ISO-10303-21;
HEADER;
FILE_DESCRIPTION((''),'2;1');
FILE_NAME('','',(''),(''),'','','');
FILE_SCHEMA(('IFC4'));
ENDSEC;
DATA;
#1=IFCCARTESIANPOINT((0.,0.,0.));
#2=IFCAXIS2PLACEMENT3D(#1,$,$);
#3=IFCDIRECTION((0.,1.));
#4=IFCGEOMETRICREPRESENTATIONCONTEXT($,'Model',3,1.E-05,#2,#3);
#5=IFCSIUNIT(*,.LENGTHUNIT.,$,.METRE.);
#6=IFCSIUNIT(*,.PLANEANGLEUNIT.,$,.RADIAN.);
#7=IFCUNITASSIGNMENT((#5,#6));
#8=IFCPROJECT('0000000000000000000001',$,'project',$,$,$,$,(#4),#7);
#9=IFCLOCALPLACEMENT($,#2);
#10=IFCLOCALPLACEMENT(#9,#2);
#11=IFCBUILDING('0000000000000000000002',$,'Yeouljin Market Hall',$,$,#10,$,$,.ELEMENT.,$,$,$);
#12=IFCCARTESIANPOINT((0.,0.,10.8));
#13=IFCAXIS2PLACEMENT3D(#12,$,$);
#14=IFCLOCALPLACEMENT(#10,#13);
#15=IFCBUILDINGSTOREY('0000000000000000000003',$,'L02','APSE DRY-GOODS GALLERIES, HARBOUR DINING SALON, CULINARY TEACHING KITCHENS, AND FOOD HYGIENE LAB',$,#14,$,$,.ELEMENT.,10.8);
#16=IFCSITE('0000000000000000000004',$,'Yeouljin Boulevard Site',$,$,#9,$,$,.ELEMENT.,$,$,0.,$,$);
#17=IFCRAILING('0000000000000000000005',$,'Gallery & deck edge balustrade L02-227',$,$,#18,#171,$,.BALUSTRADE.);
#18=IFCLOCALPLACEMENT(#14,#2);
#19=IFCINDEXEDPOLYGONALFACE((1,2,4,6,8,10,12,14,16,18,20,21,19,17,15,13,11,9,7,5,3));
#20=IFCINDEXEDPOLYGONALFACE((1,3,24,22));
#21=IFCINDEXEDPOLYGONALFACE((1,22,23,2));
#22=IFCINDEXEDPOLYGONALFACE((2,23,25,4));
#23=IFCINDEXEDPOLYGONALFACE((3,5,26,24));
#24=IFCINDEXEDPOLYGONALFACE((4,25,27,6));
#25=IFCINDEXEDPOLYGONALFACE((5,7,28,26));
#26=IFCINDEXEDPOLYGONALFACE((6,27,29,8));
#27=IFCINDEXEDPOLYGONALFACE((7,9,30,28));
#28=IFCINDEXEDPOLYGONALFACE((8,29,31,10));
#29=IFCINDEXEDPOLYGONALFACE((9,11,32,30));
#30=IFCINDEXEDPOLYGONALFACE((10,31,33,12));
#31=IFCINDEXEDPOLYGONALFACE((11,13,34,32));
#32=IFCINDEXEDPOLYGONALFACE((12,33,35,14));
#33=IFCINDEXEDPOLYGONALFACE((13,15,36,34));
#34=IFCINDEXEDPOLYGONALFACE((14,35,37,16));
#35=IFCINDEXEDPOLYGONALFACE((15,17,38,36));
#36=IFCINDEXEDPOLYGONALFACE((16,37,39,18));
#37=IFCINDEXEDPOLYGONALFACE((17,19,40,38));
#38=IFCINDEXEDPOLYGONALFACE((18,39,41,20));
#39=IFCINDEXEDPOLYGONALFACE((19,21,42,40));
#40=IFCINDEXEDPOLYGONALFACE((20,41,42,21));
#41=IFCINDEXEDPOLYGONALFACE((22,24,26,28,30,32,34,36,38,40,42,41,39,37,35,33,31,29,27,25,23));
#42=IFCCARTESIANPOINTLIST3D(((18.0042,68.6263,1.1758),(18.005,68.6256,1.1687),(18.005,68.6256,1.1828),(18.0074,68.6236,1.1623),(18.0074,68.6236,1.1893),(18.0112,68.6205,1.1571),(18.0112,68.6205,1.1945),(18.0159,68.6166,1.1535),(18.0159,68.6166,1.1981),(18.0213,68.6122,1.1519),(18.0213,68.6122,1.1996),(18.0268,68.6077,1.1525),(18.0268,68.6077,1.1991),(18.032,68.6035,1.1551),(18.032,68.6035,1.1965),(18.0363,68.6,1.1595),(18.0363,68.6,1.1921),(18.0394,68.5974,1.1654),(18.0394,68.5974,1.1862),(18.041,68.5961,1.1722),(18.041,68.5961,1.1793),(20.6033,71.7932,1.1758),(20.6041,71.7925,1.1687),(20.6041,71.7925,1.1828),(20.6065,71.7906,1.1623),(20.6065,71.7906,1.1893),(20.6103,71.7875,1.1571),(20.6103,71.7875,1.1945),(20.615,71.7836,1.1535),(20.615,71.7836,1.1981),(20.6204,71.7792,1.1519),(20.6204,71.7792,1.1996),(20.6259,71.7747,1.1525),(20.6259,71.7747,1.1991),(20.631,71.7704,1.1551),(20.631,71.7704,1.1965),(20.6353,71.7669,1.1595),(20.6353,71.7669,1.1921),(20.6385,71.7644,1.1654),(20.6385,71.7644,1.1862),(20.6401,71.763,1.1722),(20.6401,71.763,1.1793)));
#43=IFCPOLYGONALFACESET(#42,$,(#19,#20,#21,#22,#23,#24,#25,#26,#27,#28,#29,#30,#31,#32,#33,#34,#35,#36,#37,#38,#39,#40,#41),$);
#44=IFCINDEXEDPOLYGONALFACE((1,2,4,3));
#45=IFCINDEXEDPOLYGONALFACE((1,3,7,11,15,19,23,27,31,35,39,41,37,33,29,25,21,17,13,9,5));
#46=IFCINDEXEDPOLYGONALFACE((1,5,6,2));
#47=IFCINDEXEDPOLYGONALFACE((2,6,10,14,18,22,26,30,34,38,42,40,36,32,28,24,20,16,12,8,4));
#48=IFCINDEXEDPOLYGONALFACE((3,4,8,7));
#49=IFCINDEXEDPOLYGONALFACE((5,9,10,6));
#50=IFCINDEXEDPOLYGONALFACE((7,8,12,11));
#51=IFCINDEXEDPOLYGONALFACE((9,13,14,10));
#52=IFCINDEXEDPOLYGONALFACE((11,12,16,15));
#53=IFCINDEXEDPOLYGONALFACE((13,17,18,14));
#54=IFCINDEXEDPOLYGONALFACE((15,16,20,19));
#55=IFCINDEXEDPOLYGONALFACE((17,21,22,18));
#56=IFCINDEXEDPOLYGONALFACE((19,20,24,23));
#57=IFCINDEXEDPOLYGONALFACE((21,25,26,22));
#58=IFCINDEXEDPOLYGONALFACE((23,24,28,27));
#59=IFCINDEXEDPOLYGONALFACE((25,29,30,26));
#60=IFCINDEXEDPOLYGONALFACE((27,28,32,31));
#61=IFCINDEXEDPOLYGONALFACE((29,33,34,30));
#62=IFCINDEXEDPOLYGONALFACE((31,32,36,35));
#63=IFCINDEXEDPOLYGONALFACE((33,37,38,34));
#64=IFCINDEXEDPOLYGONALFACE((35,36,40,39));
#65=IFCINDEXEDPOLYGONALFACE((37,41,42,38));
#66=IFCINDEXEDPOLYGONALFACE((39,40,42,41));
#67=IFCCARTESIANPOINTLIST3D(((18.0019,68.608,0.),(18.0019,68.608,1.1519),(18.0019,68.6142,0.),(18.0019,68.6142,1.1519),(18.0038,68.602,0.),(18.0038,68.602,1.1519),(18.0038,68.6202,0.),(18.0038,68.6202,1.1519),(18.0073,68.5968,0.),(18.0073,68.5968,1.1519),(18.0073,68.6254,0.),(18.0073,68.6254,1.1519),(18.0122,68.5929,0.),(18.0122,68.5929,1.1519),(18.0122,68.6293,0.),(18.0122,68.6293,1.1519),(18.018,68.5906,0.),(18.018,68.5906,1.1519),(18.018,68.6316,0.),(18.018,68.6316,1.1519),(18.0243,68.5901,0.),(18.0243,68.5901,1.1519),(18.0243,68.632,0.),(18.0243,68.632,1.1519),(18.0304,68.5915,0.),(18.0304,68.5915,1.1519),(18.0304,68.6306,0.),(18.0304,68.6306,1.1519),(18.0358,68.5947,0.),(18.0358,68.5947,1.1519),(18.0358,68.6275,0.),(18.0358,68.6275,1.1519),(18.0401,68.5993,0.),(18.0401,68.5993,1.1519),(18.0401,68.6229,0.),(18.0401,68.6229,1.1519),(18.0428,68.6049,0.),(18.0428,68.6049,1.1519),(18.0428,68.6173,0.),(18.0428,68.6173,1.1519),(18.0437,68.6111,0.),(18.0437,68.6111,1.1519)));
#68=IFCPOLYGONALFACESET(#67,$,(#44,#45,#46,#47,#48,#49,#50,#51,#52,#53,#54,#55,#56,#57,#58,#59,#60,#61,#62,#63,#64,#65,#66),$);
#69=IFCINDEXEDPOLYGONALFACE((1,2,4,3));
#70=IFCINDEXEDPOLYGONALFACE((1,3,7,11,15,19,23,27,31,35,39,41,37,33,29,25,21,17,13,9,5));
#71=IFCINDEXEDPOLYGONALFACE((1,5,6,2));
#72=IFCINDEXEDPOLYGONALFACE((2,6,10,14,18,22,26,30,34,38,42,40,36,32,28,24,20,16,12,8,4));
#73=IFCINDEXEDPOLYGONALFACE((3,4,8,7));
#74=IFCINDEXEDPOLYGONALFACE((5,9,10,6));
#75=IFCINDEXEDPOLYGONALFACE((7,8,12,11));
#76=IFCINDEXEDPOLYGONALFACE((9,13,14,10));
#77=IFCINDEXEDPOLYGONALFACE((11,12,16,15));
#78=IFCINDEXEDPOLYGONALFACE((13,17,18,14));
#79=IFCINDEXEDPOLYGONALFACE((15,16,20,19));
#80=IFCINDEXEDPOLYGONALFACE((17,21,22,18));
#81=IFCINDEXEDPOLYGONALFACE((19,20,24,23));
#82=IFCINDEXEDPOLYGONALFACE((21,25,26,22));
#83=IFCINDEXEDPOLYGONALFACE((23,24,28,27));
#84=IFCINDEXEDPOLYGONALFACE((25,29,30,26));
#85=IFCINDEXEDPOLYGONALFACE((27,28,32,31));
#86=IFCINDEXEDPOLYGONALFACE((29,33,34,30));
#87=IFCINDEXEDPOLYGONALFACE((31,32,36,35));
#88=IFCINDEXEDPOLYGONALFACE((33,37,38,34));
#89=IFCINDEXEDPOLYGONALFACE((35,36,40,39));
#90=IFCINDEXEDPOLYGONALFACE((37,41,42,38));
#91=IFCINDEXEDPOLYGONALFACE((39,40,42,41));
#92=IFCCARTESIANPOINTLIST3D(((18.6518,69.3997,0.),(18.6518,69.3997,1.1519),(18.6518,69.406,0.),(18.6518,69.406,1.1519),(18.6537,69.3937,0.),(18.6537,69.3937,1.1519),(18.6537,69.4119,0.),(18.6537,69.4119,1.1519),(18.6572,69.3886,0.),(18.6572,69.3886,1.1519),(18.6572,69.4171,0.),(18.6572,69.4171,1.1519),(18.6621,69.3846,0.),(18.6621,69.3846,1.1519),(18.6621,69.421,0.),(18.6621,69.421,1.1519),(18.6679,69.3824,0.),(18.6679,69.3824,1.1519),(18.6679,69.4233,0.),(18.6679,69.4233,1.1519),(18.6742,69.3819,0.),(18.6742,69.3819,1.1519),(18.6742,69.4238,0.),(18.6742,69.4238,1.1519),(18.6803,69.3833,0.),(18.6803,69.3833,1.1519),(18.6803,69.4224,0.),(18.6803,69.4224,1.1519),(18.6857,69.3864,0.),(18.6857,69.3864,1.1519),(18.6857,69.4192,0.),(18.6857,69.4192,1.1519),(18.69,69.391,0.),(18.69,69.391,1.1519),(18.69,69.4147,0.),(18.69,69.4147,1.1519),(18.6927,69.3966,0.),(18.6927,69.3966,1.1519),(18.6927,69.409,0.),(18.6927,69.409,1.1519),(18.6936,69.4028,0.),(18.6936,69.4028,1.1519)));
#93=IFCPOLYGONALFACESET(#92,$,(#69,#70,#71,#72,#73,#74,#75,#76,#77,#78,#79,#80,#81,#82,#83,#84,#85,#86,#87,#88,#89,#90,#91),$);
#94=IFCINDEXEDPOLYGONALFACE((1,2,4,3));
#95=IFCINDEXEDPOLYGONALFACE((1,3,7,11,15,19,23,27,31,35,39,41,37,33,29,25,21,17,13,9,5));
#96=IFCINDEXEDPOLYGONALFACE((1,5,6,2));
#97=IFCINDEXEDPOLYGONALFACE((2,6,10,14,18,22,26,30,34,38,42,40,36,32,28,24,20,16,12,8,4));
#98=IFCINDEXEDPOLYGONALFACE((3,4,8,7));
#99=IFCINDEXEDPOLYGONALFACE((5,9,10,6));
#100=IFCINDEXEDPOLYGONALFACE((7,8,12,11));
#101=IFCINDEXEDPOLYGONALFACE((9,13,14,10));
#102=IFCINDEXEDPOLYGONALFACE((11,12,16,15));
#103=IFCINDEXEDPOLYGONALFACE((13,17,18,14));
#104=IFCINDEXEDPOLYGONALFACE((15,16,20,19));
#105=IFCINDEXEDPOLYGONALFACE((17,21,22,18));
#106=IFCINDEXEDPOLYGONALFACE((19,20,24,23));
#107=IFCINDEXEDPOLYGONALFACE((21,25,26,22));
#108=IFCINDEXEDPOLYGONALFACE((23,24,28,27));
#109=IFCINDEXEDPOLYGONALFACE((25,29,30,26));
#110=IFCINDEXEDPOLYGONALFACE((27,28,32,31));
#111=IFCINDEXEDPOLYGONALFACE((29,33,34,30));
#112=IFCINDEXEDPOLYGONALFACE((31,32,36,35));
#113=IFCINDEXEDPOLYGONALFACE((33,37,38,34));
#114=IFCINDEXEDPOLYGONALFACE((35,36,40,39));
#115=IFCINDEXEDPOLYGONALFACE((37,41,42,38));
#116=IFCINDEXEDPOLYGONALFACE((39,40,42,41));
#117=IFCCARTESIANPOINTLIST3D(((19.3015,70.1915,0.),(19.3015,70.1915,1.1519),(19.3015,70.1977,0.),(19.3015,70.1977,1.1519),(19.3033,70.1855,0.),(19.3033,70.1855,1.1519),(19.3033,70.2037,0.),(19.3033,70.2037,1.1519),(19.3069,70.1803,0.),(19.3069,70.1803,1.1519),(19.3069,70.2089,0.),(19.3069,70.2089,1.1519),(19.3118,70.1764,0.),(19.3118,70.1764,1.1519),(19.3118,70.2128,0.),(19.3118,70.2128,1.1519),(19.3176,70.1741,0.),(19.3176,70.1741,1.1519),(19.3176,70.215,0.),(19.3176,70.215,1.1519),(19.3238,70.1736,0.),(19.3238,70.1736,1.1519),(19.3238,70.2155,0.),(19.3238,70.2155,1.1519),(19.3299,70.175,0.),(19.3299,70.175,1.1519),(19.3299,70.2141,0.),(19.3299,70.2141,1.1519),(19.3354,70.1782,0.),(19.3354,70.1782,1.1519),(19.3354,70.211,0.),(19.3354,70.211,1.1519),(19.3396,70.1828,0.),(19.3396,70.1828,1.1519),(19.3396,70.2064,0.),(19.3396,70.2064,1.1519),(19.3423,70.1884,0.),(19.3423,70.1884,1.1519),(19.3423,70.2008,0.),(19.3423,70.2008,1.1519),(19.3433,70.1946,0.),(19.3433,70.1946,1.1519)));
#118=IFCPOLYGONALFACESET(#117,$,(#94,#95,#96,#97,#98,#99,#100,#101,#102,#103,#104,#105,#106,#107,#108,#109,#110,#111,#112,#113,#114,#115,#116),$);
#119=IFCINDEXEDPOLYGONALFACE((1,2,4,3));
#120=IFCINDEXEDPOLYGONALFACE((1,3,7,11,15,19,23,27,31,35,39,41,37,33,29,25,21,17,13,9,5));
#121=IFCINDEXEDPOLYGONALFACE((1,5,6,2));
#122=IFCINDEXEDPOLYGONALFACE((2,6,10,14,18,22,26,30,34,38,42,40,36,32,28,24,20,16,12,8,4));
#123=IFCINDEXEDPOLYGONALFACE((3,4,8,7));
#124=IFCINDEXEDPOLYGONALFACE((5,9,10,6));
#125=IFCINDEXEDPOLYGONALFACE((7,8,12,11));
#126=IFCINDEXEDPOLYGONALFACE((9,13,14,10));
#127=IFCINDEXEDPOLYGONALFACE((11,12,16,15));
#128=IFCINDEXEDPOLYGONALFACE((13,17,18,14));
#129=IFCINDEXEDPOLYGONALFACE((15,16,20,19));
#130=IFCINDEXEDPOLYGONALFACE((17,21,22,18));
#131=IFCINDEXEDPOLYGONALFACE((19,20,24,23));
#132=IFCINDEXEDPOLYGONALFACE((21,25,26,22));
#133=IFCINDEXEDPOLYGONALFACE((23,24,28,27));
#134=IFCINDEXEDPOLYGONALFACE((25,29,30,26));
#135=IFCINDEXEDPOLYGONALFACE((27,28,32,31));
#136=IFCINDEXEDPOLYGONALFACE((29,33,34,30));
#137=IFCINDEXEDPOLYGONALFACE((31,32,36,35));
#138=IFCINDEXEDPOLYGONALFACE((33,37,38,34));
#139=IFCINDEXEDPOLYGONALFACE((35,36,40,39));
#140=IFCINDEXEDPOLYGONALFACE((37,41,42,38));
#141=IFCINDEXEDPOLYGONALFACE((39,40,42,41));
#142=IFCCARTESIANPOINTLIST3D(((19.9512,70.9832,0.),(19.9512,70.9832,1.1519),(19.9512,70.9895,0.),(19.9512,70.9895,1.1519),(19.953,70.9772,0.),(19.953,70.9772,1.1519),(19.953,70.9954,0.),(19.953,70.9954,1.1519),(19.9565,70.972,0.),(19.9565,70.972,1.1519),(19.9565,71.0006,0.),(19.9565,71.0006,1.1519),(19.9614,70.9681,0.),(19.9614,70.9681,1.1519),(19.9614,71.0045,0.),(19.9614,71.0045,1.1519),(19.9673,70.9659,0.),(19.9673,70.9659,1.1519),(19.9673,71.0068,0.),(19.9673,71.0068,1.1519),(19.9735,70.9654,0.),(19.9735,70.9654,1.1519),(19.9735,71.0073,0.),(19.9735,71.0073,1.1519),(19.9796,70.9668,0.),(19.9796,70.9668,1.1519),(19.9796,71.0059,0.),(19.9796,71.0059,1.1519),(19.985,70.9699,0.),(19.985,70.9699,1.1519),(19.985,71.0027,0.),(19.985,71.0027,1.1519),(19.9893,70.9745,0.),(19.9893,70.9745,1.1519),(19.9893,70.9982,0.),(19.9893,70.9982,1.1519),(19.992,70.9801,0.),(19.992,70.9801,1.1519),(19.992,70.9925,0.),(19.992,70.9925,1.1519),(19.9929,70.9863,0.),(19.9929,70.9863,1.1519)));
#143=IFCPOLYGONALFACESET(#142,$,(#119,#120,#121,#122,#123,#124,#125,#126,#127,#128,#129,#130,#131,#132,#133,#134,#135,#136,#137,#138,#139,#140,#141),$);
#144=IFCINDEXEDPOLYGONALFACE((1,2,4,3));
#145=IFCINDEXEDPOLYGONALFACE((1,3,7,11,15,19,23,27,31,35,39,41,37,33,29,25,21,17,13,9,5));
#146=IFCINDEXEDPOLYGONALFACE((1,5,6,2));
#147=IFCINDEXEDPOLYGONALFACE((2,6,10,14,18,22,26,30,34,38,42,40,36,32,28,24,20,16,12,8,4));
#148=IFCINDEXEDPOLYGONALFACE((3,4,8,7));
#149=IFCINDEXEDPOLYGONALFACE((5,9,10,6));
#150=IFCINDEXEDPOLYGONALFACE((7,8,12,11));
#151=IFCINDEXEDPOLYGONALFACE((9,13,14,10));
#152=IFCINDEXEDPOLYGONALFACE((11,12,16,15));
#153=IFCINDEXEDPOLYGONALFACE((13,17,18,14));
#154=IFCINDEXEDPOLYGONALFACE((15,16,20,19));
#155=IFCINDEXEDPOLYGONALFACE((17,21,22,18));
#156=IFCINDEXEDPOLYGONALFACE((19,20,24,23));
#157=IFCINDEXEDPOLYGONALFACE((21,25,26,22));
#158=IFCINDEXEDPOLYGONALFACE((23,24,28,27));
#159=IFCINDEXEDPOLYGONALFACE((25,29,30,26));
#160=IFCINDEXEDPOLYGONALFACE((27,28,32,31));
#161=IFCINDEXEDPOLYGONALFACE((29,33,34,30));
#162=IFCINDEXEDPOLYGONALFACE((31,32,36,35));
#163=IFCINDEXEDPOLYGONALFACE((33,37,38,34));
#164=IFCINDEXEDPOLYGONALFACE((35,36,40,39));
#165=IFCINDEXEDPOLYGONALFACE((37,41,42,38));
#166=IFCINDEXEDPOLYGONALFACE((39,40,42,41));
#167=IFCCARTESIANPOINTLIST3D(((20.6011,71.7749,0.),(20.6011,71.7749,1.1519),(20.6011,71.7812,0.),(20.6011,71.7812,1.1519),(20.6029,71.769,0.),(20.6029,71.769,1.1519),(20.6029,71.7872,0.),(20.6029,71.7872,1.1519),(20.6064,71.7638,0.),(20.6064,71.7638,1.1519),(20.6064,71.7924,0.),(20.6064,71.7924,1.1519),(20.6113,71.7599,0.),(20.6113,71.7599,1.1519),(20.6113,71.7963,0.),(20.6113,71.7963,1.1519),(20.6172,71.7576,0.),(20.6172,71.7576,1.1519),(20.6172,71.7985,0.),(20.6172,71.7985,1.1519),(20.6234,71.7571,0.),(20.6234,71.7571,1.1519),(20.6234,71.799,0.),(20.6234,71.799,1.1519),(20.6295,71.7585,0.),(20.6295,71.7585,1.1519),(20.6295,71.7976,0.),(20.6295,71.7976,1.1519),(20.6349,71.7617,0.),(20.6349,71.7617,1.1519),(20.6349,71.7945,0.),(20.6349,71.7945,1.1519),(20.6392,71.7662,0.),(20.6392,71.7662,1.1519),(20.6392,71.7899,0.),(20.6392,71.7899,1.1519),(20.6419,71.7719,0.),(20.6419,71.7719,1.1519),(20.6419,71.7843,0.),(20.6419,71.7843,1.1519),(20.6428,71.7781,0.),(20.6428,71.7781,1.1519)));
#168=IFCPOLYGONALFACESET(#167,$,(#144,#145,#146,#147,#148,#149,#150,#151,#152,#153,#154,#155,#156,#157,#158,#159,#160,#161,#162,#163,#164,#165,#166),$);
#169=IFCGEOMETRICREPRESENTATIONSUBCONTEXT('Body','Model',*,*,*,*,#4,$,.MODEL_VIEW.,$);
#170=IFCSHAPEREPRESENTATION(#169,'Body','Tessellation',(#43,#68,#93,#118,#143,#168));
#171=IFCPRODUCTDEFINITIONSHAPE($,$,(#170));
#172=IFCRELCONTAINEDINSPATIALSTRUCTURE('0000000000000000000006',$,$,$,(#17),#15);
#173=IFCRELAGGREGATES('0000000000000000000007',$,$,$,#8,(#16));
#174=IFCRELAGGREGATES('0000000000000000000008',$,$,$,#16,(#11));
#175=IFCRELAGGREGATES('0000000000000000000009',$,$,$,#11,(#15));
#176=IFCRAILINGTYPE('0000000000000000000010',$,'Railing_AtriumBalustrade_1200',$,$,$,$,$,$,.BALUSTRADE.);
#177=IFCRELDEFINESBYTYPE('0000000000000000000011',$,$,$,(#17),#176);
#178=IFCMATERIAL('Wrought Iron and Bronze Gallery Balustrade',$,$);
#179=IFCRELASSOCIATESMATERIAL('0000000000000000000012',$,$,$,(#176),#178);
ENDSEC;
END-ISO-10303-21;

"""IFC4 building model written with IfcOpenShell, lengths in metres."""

from ifc_helpers import new_model, si_unit, direction, frame, origin, origin_2d, place, context, subcontext, project, spatial, circle, extrude, material, type_object, element, save


model = new_model("IFC4")

# Units and contexts
model_context = context("Model", 3, precision=1e-05, world=origin(), true_north=direction((0.0, 1.0)))
body_context = subcontext(model_context, "Body", "Model", "MODEL_VIEW")
ifc_project = project(units=[si_unit("LENGTHUNIT", "METRE"), si_unit("PLANEANGLEUNIT", "RADIAN")], contexts=[model_context])

# Site, building, storey
site_placement = place(None, origin())
site = spatial("IfcSite", under=ifc_project, at=site_placement, Name="Yeouljin Boulevard Site", CompositionType="ELEMENT", RefElevation=0.0)
building_placement = place(site_placement, origin())
building = spatial("IfcBuilding", under=site, at=building_placement, Name="Yeouljin Market Hall", CompositionType="ELEMENT")
storey_placement = place(building_placement, frame((0.0, 0.0, 10.8)))
storey = spatial("IfcBuildingStorey", under=building, at=storey_placement, Name="L02", Description="APSE DRY-GOODS GALLERIES, HARBOUR DINING SALON, CULINARY TEACHING KITCHENS, AND FOOD HYGIENE LAB", CompositionType="ELEMENT", Elevation=10.8)

# Railing
ifc_material_1 = material(Name="Wrought Iron and Bronze Gallery Balustrade")
railing_type = type_object("IfcRailingType", Name="Railing_AtriumBalustrade_1200", PredefinedType="BALUSTRADE", material=ifc_material_1)
railing_1_placement = place(storey_placement, frame((18.0227, 68.6111, 0.0)))
element("IfcRailing", 1, at=railing_1_placement, inside=storey, type_object=railing_type, Name="Gallery & deck edge balustrade L02-227", PredefinedType="BALUSTRADE", context=body_context, shape_type="SweptSolid", body=[
    extrude(circle(Radius=0.0239, at=origin_2d()), frame((0.0, 0.0, 1.1758), z_axis=(0.634399, 0.773006, 0.0), x_axis=(-0.773006, 0.634399, 0.0)), (0.0, 0.0, 1.0), 4.0969),
    extrude(circle(Radius=0.021, at=origin_2d()), origin(), (0.0, 0.0, 1.0), 1.1519),
    extrude(circle(Radius=0.021, at=origin_2d()), frame((0.6499, 0.7917, 0.0)), (0.0, 0.0, 1.0), 1.1519),
    extrude(circle(Radius=0.021, at=origin_2d()), frame((1.2996, 1.5835, 0.0)), (0.0, 0.0, 1.0), 1.1519),
    extrude(circle(Radius=0.021, at=origin_2d()), frame((1.9492, 2.3752, 0.0)), (0.0, 0.0, 1.0), 1.1519),
    extrude(circle(Radius=0.021, at=origin_2d()), frame((2.5991, 3.167, 0.0)), (0.0, 0.0, 1.0), 1.1519),
])

save(model, "model.ifc")
